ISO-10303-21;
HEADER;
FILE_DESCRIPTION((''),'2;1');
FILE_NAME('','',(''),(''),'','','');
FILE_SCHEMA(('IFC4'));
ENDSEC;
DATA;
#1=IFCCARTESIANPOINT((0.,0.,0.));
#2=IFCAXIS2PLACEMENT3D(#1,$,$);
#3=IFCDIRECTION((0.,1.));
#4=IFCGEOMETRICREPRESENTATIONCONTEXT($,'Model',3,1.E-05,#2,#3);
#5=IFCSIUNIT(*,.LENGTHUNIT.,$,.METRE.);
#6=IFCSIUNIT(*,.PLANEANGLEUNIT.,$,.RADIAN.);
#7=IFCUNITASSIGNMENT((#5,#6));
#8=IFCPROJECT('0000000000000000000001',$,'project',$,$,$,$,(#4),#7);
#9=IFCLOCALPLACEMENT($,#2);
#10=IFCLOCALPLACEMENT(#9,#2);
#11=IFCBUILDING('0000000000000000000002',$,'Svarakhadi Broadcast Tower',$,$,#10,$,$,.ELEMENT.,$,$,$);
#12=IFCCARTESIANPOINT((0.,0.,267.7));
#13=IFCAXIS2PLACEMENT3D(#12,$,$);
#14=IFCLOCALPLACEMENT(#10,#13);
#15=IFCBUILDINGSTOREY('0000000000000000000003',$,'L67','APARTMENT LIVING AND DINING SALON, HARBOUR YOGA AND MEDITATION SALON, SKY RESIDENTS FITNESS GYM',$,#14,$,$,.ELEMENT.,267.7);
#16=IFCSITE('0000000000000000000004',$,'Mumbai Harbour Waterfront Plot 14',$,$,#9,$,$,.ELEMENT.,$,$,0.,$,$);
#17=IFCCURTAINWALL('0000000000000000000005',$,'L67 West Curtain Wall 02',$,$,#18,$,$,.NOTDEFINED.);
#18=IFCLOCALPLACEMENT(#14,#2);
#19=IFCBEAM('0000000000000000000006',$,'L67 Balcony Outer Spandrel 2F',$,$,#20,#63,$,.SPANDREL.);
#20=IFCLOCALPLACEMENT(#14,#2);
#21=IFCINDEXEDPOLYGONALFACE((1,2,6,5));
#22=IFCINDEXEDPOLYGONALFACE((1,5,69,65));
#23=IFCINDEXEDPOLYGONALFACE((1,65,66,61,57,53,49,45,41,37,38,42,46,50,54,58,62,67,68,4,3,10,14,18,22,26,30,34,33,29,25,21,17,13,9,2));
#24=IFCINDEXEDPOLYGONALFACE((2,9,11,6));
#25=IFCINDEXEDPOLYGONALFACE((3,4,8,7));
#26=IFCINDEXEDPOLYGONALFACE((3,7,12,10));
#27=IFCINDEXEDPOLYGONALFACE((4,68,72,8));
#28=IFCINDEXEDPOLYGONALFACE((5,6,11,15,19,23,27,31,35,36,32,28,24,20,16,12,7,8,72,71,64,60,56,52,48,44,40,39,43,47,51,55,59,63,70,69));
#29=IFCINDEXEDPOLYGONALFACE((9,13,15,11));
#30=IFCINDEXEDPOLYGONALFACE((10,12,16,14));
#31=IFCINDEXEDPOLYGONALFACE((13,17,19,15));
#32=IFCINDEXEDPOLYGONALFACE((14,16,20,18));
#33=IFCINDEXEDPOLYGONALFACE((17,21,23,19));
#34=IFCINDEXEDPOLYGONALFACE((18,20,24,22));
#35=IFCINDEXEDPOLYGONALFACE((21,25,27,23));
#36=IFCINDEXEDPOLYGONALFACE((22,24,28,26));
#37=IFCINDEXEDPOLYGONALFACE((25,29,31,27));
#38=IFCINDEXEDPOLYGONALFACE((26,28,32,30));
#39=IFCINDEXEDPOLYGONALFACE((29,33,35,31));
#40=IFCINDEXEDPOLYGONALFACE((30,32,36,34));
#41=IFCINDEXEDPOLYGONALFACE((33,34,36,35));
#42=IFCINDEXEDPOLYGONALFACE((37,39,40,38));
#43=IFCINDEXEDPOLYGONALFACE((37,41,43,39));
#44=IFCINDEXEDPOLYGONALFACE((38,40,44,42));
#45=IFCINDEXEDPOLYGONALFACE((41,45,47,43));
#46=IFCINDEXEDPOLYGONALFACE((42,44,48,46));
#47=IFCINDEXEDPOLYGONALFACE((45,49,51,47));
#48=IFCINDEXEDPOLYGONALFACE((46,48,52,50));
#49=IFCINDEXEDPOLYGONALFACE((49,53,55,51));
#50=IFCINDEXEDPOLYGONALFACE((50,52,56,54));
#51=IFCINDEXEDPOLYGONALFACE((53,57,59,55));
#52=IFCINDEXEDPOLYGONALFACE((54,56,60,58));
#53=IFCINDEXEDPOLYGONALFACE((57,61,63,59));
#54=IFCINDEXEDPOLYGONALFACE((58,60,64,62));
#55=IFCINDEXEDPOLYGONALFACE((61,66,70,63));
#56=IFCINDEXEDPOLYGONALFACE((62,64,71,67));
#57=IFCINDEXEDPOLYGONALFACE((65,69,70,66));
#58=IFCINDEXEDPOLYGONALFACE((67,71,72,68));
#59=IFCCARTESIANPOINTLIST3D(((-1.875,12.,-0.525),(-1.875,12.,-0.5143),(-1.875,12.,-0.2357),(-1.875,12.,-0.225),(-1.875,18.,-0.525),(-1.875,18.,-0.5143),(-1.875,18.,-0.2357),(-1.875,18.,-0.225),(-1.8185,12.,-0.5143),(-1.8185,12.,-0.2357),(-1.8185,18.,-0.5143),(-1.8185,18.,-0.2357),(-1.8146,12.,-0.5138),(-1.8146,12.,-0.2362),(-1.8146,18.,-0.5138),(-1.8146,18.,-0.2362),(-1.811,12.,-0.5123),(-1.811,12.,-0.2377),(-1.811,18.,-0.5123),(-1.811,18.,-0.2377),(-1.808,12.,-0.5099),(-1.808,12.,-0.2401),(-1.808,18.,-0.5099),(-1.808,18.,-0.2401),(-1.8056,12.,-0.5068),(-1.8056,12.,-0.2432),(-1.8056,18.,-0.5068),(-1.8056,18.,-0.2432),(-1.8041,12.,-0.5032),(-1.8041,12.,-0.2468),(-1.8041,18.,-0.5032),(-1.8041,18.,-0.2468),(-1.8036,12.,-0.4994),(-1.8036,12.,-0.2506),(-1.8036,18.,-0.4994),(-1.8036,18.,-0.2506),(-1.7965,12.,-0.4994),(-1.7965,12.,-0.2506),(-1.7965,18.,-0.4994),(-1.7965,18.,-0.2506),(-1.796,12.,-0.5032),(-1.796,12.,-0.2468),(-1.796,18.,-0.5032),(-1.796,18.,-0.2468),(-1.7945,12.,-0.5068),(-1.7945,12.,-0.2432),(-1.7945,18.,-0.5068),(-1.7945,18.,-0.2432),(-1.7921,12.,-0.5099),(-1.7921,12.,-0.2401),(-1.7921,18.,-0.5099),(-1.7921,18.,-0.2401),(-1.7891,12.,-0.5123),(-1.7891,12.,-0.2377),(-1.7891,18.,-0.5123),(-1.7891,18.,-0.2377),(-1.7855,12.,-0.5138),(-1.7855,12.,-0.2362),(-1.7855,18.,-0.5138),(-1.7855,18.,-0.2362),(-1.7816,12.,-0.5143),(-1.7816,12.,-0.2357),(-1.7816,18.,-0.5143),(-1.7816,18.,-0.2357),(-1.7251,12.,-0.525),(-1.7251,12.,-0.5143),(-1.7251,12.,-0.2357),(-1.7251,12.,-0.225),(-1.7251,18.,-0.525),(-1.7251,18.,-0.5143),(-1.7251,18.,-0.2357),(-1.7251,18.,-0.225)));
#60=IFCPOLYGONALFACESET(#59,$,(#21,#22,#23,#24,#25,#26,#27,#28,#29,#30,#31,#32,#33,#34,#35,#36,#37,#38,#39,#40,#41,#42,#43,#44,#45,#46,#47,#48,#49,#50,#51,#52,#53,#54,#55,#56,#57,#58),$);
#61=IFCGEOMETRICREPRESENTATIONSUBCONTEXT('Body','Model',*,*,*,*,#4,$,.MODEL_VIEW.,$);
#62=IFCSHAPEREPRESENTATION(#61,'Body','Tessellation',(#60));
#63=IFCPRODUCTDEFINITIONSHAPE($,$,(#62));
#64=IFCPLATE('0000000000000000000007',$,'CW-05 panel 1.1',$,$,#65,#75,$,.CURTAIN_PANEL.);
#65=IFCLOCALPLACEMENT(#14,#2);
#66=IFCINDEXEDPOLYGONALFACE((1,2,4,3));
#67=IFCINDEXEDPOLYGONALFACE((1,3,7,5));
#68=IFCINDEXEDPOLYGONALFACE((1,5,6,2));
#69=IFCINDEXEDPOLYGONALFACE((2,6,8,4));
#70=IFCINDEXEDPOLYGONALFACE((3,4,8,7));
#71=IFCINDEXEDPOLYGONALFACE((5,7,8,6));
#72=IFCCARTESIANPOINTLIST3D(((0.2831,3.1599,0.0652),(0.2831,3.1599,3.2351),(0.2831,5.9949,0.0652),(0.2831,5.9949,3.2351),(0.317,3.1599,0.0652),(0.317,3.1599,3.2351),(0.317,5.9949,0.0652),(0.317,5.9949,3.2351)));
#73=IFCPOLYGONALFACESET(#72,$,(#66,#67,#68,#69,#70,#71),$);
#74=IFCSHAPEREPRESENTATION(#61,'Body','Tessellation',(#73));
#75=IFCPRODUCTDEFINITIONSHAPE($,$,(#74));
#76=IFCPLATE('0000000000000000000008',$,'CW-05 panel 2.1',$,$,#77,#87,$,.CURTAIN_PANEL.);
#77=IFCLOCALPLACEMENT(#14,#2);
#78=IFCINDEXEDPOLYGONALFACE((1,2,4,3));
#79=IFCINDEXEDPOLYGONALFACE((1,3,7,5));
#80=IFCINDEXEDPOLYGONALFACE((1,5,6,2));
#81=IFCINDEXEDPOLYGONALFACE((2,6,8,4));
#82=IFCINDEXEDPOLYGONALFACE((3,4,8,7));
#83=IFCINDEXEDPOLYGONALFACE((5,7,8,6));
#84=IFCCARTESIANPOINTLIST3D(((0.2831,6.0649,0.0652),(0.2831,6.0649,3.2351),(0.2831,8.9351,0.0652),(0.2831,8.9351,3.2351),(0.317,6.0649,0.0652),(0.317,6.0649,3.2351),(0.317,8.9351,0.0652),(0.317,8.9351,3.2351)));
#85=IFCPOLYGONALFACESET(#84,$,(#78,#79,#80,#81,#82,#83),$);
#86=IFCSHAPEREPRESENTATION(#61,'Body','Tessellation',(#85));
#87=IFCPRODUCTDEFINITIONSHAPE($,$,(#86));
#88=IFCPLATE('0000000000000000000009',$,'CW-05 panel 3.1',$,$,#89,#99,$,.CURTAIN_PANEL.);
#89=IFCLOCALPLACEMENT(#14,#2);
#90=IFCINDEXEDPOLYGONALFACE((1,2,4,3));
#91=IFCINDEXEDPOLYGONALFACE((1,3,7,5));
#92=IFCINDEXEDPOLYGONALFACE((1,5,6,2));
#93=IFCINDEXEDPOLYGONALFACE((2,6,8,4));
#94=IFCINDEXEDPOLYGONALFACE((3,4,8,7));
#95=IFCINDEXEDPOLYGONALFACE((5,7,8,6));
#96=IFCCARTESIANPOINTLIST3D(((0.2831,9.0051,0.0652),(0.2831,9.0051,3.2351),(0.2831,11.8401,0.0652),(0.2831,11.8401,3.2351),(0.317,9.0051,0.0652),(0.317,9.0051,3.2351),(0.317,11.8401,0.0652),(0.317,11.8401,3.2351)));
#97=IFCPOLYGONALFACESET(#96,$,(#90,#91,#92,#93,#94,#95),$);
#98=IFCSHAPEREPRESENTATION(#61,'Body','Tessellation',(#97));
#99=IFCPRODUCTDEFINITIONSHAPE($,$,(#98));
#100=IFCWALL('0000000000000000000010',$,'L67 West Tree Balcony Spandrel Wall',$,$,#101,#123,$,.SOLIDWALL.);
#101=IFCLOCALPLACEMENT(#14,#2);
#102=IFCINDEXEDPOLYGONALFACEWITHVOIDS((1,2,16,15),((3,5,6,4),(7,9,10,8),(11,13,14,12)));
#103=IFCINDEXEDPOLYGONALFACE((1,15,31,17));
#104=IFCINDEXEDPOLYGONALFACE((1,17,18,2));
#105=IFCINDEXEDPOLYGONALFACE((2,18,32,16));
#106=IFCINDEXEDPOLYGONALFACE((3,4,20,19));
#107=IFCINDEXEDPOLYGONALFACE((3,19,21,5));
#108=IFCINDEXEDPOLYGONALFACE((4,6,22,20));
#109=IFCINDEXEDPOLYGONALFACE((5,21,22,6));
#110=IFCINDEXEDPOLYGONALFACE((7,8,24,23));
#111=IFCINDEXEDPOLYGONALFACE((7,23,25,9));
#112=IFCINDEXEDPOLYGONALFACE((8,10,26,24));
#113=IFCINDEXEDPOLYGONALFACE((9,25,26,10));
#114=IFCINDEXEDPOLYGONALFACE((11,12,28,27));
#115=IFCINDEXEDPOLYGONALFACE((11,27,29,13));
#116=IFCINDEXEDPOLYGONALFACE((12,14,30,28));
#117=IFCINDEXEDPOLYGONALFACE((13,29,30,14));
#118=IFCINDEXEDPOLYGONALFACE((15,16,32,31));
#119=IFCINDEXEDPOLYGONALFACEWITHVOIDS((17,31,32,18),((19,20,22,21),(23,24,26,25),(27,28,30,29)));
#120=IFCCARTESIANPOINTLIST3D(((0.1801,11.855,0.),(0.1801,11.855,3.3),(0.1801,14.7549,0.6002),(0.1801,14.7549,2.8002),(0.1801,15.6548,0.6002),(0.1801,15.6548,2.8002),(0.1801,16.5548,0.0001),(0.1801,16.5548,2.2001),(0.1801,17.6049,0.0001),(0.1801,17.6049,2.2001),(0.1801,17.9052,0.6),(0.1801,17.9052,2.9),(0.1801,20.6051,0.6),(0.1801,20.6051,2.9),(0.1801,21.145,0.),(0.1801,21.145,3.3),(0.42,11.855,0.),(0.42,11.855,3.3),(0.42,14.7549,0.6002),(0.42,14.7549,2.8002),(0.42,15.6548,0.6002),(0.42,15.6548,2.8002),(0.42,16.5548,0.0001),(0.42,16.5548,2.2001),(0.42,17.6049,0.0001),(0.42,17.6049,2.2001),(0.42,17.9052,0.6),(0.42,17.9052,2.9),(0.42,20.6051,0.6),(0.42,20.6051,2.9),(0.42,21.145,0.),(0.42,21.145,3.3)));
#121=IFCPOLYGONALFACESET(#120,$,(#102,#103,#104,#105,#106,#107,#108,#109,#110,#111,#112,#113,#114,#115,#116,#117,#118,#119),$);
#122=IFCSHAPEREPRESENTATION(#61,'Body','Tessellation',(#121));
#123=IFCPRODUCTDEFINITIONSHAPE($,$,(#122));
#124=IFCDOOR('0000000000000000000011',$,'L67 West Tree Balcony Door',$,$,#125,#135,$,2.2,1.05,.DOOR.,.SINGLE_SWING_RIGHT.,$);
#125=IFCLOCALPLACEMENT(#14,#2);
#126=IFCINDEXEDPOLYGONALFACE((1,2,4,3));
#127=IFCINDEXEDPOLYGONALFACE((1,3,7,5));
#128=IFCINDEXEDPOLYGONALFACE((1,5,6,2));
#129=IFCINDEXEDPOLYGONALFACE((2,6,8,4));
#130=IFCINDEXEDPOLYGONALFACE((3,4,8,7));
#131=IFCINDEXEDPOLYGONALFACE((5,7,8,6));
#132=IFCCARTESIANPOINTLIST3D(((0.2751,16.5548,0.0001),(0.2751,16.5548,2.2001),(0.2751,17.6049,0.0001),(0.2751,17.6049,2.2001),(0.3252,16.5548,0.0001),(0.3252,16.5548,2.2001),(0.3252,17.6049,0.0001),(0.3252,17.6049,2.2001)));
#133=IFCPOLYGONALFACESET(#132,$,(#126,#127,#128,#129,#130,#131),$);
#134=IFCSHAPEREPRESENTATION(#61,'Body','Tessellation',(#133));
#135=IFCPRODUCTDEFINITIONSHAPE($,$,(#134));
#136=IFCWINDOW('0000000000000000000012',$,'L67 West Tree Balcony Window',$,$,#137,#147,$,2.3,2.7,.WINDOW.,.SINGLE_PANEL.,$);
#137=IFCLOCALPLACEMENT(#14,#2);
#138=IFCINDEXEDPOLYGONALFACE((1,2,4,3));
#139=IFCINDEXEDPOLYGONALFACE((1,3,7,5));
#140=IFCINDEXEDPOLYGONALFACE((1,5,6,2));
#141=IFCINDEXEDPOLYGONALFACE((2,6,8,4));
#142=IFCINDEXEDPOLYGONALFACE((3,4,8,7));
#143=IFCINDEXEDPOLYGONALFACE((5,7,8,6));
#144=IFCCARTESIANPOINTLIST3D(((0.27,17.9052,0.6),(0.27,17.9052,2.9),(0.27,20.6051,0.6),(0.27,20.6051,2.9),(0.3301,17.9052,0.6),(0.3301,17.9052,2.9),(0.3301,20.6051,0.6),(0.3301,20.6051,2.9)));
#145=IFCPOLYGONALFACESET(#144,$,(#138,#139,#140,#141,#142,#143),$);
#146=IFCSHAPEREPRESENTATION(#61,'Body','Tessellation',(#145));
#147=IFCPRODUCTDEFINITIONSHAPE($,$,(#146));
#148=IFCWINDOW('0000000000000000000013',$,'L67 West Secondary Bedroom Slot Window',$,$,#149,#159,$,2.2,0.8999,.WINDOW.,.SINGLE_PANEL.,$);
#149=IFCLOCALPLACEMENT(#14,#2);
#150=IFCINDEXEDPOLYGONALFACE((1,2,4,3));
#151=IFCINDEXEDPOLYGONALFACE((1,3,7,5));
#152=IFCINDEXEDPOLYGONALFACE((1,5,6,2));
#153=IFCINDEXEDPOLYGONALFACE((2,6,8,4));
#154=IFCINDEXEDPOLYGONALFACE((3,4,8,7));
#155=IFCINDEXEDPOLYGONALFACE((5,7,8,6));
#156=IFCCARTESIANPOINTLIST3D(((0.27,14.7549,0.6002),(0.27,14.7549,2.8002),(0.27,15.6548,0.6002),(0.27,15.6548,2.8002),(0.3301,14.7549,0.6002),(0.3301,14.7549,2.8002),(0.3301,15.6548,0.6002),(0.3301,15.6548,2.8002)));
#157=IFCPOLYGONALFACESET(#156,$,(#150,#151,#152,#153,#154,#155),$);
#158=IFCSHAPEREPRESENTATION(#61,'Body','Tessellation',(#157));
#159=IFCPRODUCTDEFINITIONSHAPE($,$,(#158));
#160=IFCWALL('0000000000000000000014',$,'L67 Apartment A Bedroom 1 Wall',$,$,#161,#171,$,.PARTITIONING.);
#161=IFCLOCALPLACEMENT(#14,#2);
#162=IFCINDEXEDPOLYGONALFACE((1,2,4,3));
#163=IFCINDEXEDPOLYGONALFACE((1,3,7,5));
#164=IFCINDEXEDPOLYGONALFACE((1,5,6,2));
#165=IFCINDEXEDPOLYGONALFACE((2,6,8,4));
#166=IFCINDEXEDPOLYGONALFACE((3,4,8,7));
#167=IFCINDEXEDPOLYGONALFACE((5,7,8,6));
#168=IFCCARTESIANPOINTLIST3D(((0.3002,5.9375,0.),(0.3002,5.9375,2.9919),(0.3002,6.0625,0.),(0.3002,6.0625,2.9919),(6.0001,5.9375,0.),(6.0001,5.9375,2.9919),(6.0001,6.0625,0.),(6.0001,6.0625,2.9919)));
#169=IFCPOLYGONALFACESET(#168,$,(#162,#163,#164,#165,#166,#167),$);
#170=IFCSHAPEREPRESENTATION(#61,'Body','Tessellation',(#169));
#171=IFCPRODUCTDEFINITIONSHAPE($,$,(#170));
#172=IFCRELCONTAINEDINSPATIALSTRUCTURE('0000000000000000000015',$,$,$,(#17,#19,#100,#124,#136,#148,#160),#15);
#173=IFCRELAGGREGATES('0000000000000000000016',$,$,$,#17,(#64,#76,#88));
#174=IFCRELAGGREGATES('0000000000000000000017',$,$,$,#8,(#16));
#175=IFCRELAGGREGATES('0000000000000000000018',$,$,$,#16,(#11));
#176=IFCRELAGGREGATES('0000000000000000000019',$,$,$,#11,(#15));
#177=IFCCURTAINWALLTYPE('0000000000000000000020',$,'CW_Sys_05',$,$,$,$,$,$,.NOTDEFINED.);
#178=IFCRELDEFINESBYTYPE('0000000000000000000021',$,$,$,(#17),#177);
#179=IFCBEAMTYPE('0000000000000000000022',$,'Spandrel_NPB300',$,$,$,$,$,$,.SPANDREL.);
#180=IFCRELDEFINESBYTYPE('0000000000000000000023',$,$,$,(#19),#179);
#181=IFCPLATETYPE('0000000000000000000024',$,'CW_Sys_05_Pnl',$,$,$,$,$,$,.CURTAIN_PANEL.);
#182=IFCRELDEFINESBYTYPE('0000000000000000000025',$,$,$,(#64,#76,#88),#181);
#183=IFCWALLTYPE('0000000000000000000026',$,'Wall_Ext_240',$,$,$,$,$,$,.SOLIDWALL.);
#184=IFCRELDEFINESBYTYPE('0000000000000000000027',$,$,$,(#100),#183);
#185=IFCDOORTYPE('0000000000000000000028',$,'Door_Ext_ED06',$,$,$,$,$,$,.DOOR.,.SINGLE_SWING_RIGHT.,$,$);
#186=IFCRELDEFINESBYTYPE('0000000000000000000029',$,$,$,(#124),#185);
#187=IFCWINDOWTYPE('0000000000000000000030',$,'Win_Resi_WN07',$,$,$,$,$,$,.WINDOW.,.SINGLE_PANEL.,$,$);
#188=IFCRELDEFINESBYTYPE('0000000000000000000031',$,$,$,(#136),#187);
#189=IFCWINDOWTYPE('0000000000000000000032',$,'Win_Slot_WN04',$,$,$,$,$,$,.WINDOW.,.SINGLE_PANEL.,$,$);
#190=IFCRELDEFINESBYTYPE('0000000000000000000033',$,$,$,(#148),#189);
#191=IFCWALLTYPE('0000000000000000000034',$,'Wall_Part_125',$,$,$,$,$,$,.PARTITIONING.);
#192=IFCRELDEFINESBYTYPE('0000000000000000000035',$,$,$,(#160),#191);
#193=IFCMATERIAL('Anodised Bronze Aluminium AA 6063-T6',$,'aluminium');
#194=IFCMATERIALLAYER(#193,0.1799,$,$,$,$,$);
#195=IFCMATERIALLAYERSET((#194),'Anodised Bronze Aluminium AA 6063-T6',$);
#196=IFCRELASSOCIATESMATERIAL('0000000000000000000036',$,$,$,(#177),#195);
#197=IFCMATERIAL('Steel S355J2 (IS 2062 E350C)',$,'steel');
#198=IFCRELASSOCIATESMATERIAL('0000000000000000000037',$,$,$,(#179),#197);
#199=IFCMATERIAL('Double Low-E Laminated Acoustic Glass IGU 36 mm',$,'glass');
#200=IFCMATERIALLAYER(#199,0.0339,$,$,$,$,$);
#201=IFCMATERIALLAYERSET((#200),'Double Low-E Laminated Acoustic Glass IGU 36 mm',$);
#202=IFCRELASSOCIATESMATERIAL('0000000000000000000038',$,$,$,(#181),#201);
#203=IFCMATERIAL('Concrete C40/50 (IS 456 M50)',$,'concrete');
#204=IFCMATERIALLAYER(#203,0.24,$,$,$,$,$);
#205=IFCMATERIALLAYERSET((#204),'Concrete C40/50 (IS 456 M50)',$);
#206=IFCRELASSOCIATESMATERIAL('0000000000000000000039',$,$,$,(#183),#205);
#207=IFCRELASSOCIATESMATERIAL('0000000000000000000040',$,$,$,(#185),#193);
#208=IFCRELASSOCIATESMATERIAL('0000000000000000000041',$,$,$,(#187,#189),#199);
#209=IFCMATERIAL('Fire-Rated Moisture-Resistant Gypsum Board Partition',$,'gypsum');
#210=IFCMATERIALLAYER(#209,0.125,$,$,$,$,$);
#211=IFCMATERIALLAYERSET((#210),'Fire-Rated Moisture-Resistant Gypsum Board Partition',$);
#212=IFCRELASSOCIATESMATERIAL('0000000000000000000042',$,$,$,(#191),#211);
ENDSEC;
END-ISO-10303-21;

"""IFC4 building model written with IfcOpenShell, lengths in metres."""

from ifc_helpers import new_model, si_unit, direction, frame, frame_2d, origin, origin_2d, place, context, subcontext, project, spatial, rectangle, i_section, extrude, material, layer, layer_set, material_profile, profile_set, type_object, element, fill, aggregate, save


model = new_model("IFC4")

# Units and contexts
model_context = context("Model", 3, precision=1e-05, world=origin(), true_north=direction((0.0, 1.0)))
body_context = subcontext(model_context, "Body", "Model", "MODEL_VIEW")
ifc_project = project(units=[si_unit("LENGTHUNIT", "METRE"), si_unit("PLANEANGLEUNIT", "RADIAN")], contexts=[model_context])

# Site, building, storey
site_placement = place(None, origin())
site = spatial("IfcSite", under=ifc_project, at=site_placement, Name="Mumbai Harbour Waterfront Plot 14", CompositionType="ELEMENT", RefElevation=0.0)
building_placement = place(site_placement, origin())
building = spatial("IfcBuilding", under=site, at=building_placement, Name="Svarakhadi Broadcast Tower", CompositionType="ELEMENT")
storey_placement = place(building_placement, frame((0.0, 0.0, 267.7)))
storey = spatial("IfcBuildingStorey", under=building, at=storey_placement, Name="L67", Description="APARTMENT LIVING AND DINING SALON, HARBOUR YOGA AND MEDITATION SALON, SKY RESIDENTS FITNESS GYM", CompositionType="ELEMENT", Elevation=267.7)

# Shared definitions
ifc_material_1 = material(Name="Steel S355J2 (IS 2062 E350C)", Category="steel")

# Curtain wall
ifc_material_2 = material(Name="Anodised Bronze Aluminium AA 6063-T6", Category="aluminium")
ifc_layer_1 = layer(ifc_material_2, 0.1799)
ifc_layer_set_1 = layer_set([ifc_layer_1], Name="Anodised Bronze Aluminium AA 6063-T6")
curtain_wall_type = type_object("IfcCurtainWallType", Name="CW_Sys_05", PredefinedType="NOTDEFINED", material=ifc_layer_set_1)
curtain_wall_placement = place(storey_placement, origin())
curtain_wall = element("IfcCurtainWall", 1, at=curtain_wall_placement, inside=storey, type_object=curtain_wall_type, Name="L67 West Curtain Wall 02", PredefinedType="NOTDEFINED")

# Beam
ifc_material_profile_1 = material_profile(ifc_material_1, i_section(OverallWidth=0.1499, OverallDepth=0.3, WebThickness=0.0071, FlangeThickness=0.0107, FilletRadius=0.0149, at=origin_2d()), Name="NPB 300x150x37")
ifc_profile_set_1 = profile_set([ifc_material_profile_1], Name="Steel S355J2 (IS 2062 E350C)")
beam_type_1 = type_object("IfcBeamType", Name="Spandrel_NPB300", PredefinedType="SPANDREL", material=ifc_profile_set_1)
beam_1_placement = place(storey_placement, frame((-1.8, 12.0, -0.375), z_axis=(0.0, 1.0, 0.0), x_axis=(-1.0, 0.0, 0.0)))
element("IfcBeam", 2, at=beam_1_placement, inside=storey, type_object=beam_type_1, Name="L67 Balcony Outer Spandrel 2F", PredefinedType="SPANDREL", context=body_context, shape_type="SweptSolid", body=[
    extrude(i_section(OverallWidth=0.1499, OverallDepth=0.3, WebThickness=0.0071, FlangeThickness=0.0107, FilletRadius=0.0149, at=origin_2d()), origin(), (0.0, 0.0, 1.0), 6.0),
])

# Plates
ifc_material_3 = material(Name="Double Low-E Laminated Acoustic Glass IGU 36 mm", Category="glass")
ifc_layer_2 = layer(ifc_material_3, 0.0339)
ifc_layer_set_2 = layer_set([ifc_layer_2], Name="Double Low-E Laminated Acoustic Glass IGU 36 mm")
plate_type = type_object("IfcPlateType", Name="CW_Sys_05_Pnl", PredefinedType="CURTAIN_PANEL", material=ifc_layer_set_2)
plate_1_placement = place(storey_placement, frame((0.3, 4.5774, 0.0652), z_axis=(0.0, 0.0, 1.0), x_axis=(0.0, 1.0, 0.0)))
plate_1 = element("IfcPlate", 3, at=plate_1_placement, type_object=plate_type, Name="CW-05 panel 1.1", PredefinedType="CURTAIN_PANEL", context=body_context, shape_type="SweptSolid", body=[
    extrude(rectangle(XDim=2.835, YDim=0.0339, at=origin_2d()), origin(), (0.0, 0.0, 1.0), 3.1699),
])
plate_2_placement = place(storey_placement, frame((0.3, 7.5, 0.0652), z_axis=(0.0, 0.0, 1.0), x_axis=(0.0, 1.0, 0.0)))
plate_2 = element("IfcPlate", 4, at=plate_2_placement, type_object=plate_type, Name="CW-05 panel 2.1", PredefinedType="CURTAIN_PANEL", context=body_context, shape_type="SweptSolid", body=[
    extrude(rectangle(XDim=2.8701, YDim=0.0339, at=origin_2d()), origin(), (0.0, 0.0, 1.0), 3.1699),
])
plate_3_placement = place(storey_placement, frame((0.3, 10.4226, 0.0652), z_axis=(0.0, 0.0, 1.0), x_axis=(0.0, 1.0, 0.0)))
plate_3 = element("IfcPlate", 5, at=plate_3_placement, type_object=plate_type, Name="CW-05 panel 3.1", PredefinedType="CURTAIN_PANEL", context=body_context, shape_type="SweptSolid", body=[
    extrude(rectangle(XDim=2.835, YDim=0.0339, at=origin_2d()), origin(), (0.0, 0.0, 1.0), 3.1699),
])
aggregate(curtain_wall, [plate_1, plate_2, plate_3])

# Wall, openings, door, windows
ifc_material_4 = material(Name="Concrete C40/50 (IS 456 M50)", Category="concrete")
ifc_layer_3 = layer(ifc_material_4, 0.24)
ifc_layer_set_3 = layer_set([ifc_layer_3], Name="Concrete C40/50 (IS 456 M50)")
wall_type_1 = type_object("IfcWallType", Name="Wall_Ext_240", PredefinedType="SOLIDWALL", material=ifc_layer_set_3)
wall_1_placement = place(storey_placement, frame((0.3, 11.855, 0.0), z_axis=(0.0, 0.0, 1.0), x_axis=(0.0, 1.0, 0.0)))
wall_1 = element("IfcWall", 6, at=wall_1_placement, inside=storey, type_object=wall_type_1, Name="L67 West Tree Balcony Spandrel Wall", PredefinedType="SOLIDWALL", context=body_context, shape_type="SweptSolid", body=[
    extrude(rectangle(XDim=9.29, YDim=0.24, at=frame_2d((4.645, 0.0))), origin(), (0.0, 0.0, 1.0), 3.3),
])
opening_1_placement = place(wall_1_placement, frame((4.7, 0.0, 0.0)))
opening_1 = element("IfcOpeningElement", 7, at=opening_1_placement, cuts=wall_1, PredefinedType="OPENING", context=body_context, shape_type="SweptSolid", body=[
    extrude(rectangle(XDim=1.05, YDim=2.2, at=frame_2d((0.5249, 1.1001))), frame((0.0, 0.1299, 0.0), z_axis=(0.0, -1.0, 0.0), x_axis=(1.0, 0.0, 0.0)), (0.0, 0.0, 1.0), 0.26),
])
opening_2_placement = place(wall_1_placement, frame((6.05, 0.0, 0.6001)))
opening_2 = element("IfcOpeningElement", 8, at=opening_2_placement, cuts=wall_1, PredefinedType="OPENING", context=body_context, shape_type="SweptSolid", body=[
    extrude(rectangle(XDim=2.7, YDim=2.3, at=frame_2d((1.3501, 1.1499))), frame((0.0, 0.1299, 0.0), z_axis=(0.0, -1.0, 0.0), x_axis=(1.0, 0.0, 0.0)), (0.0, 0.0, 1.0), 0.26),
])
opening_3_placement = place(wall_1_placement, frame((2.8999, 0.0, 0.6001)))
opening_3 = element("IfcOpeningElement", 9, at=opening_3_placement, cuts=wall_1, PredefinedType="OPENING", context=body_context, shape_type="SweptSolid", body=[
    extrude(rectangle(XDim=0.8999, YDim=2.2, at=frame_2d((0.45, 1.1001))), frame((0.0, 0.1299, 0.0), z_axis=(0.0, -1.0, 0.0), x_axis=(1.0, 0.0, 0.0)), (0.0, 0.0, 1.0), 0.26),
])
door_type = type_object("IfcDoorType", Name="Door_Ext_ED06", OperationType="SINGLE_SWING_RIGHT", PredefinedType="DOOR", material=ifc_material_2)
door_placement = place(opening_1_placement, origin())
door = element("IfcDoor", 10, at=door_placement, inside=storey, type_object=door_type, Name="L67 West Tree Balcony Door", OperationType="SINGLE_SWING_RIGHT", OverallHeight=2.2, OverallWidth=1.05, PredefinedType="DOOR", context=body_context, shape_type="SweptSolid", body=[
    extrude(rectangle(XDim=1.05, YDim=2.2, at=frame_2d((0.5249, 1.1001))), frame((0.0, 0.0249, 0.0), z_axis=(0.0, -1.0, 0.0), x_axis=(1.0, 0.0, 0.0)), (0.0, 0.0, 1.0), 0.05),
])
fill(opening_1, door)
window_type_1 = type_object("IfcWindowType", Name="Win_Resi_WN07", PartitioningType="SINGLE_PANEL", PredefinedType="WINDOW", material=ifc_material_3)
window_1_placement = place(opening_2_placement, origin())
window_1 = element("IfcWindow", 11, at=window_1_placement, inside=storey, type_object=window_type_1, Name="L67 West Tree Balcony Window", OverallHeight=2.3, OverallWidth=2.7, PartitioningType="SINGLE_PANEL", PredefinedType="WINDOW", context=body_context, shape_type="SweptSolid", body=[
    extrude(rectangle(XDim=2.7, YDim=2.3, at=frame_2d((1.3501, 1.1499))), frame((0.0, 0.03, 0.0), z_axis=(0.0, -1.0, 0.0), x_axis=(1.0, 0.0, 0.0)), (0.0, 0.0, 1.0), 0.0601),
])
fill(opening_2, window_1)
window_type_2 = type_object("IfcWindowType", Name="Win_Slot_WN04", PartitioningType="SINGLE_PANEL", PredefinedType="WINDOW", material=ifc_material_3)
window_2_placement = place(opening_3_placement, origin())
window_2 = element("IfcWindow", 12, at=window_2_placement, inside=storey, type_object=window_type_2, Name="L67 West Secondary Bedroom Slot Window", OverallHeight=2.2, OverallWidth=0.8999, PartitioningType="SINGLE_PANEL", PredefinedType="WINDOW", context=body_context, shape_type="SweptSolid", body=[
    extrude(rectangle(XDim=0.8999, YDim=2.2, at=frame_2d((0.45, 1.1001))), frame((0.0, 0.03, 0.0), z_axis=(0.0, -1.0, 0.0), x_axis=(1.0, 0.0, 0.0)), (0.0, 0.0, 1.0), 0.0601),
])
fill(opening_3, window_2)

# Wall
ifc_material_5 = material(Name="Fire-Rated Moisture-Resistant Gypsum Board Partition", Category="gypsum")
ifc_layer_4 = layer(ifc_material_5, 0.125)
ifc_layer_set_4 = layer_set([ifc_layer_4], Name="Fire-Rated Moisture-Resistant Gypsum Board Partition")
wall_type_2 = type_object("IfcWallType", Name="Wall_Part_125", PredefinedType="PARTITIONING", material=ifc_layer_set_4)
wall_2_placement = place(storey_placement, frame((0.3, 6.0, 0.0), z_axis=(0.0, 0.0, 1.0), x_axis=(1.0, 0.0, 0.0)))
element("IfcWall", 13, at=wall_2_placement, inside=storey, type_object=wall_type_2, Name="L67 Apartment A Bedroom 1 Wall", PredefinedType="PARTITIONING", context=body_context, shape_type="SweptSolid", body=[
    extrude(rectangle(XDim=5.7, YDim=0.125, at=frame_2d((2.8501, 0.0))), origin(), (0.0, 0.0, 1.0), 2.9919),
])

save(model, "model.ifc")
